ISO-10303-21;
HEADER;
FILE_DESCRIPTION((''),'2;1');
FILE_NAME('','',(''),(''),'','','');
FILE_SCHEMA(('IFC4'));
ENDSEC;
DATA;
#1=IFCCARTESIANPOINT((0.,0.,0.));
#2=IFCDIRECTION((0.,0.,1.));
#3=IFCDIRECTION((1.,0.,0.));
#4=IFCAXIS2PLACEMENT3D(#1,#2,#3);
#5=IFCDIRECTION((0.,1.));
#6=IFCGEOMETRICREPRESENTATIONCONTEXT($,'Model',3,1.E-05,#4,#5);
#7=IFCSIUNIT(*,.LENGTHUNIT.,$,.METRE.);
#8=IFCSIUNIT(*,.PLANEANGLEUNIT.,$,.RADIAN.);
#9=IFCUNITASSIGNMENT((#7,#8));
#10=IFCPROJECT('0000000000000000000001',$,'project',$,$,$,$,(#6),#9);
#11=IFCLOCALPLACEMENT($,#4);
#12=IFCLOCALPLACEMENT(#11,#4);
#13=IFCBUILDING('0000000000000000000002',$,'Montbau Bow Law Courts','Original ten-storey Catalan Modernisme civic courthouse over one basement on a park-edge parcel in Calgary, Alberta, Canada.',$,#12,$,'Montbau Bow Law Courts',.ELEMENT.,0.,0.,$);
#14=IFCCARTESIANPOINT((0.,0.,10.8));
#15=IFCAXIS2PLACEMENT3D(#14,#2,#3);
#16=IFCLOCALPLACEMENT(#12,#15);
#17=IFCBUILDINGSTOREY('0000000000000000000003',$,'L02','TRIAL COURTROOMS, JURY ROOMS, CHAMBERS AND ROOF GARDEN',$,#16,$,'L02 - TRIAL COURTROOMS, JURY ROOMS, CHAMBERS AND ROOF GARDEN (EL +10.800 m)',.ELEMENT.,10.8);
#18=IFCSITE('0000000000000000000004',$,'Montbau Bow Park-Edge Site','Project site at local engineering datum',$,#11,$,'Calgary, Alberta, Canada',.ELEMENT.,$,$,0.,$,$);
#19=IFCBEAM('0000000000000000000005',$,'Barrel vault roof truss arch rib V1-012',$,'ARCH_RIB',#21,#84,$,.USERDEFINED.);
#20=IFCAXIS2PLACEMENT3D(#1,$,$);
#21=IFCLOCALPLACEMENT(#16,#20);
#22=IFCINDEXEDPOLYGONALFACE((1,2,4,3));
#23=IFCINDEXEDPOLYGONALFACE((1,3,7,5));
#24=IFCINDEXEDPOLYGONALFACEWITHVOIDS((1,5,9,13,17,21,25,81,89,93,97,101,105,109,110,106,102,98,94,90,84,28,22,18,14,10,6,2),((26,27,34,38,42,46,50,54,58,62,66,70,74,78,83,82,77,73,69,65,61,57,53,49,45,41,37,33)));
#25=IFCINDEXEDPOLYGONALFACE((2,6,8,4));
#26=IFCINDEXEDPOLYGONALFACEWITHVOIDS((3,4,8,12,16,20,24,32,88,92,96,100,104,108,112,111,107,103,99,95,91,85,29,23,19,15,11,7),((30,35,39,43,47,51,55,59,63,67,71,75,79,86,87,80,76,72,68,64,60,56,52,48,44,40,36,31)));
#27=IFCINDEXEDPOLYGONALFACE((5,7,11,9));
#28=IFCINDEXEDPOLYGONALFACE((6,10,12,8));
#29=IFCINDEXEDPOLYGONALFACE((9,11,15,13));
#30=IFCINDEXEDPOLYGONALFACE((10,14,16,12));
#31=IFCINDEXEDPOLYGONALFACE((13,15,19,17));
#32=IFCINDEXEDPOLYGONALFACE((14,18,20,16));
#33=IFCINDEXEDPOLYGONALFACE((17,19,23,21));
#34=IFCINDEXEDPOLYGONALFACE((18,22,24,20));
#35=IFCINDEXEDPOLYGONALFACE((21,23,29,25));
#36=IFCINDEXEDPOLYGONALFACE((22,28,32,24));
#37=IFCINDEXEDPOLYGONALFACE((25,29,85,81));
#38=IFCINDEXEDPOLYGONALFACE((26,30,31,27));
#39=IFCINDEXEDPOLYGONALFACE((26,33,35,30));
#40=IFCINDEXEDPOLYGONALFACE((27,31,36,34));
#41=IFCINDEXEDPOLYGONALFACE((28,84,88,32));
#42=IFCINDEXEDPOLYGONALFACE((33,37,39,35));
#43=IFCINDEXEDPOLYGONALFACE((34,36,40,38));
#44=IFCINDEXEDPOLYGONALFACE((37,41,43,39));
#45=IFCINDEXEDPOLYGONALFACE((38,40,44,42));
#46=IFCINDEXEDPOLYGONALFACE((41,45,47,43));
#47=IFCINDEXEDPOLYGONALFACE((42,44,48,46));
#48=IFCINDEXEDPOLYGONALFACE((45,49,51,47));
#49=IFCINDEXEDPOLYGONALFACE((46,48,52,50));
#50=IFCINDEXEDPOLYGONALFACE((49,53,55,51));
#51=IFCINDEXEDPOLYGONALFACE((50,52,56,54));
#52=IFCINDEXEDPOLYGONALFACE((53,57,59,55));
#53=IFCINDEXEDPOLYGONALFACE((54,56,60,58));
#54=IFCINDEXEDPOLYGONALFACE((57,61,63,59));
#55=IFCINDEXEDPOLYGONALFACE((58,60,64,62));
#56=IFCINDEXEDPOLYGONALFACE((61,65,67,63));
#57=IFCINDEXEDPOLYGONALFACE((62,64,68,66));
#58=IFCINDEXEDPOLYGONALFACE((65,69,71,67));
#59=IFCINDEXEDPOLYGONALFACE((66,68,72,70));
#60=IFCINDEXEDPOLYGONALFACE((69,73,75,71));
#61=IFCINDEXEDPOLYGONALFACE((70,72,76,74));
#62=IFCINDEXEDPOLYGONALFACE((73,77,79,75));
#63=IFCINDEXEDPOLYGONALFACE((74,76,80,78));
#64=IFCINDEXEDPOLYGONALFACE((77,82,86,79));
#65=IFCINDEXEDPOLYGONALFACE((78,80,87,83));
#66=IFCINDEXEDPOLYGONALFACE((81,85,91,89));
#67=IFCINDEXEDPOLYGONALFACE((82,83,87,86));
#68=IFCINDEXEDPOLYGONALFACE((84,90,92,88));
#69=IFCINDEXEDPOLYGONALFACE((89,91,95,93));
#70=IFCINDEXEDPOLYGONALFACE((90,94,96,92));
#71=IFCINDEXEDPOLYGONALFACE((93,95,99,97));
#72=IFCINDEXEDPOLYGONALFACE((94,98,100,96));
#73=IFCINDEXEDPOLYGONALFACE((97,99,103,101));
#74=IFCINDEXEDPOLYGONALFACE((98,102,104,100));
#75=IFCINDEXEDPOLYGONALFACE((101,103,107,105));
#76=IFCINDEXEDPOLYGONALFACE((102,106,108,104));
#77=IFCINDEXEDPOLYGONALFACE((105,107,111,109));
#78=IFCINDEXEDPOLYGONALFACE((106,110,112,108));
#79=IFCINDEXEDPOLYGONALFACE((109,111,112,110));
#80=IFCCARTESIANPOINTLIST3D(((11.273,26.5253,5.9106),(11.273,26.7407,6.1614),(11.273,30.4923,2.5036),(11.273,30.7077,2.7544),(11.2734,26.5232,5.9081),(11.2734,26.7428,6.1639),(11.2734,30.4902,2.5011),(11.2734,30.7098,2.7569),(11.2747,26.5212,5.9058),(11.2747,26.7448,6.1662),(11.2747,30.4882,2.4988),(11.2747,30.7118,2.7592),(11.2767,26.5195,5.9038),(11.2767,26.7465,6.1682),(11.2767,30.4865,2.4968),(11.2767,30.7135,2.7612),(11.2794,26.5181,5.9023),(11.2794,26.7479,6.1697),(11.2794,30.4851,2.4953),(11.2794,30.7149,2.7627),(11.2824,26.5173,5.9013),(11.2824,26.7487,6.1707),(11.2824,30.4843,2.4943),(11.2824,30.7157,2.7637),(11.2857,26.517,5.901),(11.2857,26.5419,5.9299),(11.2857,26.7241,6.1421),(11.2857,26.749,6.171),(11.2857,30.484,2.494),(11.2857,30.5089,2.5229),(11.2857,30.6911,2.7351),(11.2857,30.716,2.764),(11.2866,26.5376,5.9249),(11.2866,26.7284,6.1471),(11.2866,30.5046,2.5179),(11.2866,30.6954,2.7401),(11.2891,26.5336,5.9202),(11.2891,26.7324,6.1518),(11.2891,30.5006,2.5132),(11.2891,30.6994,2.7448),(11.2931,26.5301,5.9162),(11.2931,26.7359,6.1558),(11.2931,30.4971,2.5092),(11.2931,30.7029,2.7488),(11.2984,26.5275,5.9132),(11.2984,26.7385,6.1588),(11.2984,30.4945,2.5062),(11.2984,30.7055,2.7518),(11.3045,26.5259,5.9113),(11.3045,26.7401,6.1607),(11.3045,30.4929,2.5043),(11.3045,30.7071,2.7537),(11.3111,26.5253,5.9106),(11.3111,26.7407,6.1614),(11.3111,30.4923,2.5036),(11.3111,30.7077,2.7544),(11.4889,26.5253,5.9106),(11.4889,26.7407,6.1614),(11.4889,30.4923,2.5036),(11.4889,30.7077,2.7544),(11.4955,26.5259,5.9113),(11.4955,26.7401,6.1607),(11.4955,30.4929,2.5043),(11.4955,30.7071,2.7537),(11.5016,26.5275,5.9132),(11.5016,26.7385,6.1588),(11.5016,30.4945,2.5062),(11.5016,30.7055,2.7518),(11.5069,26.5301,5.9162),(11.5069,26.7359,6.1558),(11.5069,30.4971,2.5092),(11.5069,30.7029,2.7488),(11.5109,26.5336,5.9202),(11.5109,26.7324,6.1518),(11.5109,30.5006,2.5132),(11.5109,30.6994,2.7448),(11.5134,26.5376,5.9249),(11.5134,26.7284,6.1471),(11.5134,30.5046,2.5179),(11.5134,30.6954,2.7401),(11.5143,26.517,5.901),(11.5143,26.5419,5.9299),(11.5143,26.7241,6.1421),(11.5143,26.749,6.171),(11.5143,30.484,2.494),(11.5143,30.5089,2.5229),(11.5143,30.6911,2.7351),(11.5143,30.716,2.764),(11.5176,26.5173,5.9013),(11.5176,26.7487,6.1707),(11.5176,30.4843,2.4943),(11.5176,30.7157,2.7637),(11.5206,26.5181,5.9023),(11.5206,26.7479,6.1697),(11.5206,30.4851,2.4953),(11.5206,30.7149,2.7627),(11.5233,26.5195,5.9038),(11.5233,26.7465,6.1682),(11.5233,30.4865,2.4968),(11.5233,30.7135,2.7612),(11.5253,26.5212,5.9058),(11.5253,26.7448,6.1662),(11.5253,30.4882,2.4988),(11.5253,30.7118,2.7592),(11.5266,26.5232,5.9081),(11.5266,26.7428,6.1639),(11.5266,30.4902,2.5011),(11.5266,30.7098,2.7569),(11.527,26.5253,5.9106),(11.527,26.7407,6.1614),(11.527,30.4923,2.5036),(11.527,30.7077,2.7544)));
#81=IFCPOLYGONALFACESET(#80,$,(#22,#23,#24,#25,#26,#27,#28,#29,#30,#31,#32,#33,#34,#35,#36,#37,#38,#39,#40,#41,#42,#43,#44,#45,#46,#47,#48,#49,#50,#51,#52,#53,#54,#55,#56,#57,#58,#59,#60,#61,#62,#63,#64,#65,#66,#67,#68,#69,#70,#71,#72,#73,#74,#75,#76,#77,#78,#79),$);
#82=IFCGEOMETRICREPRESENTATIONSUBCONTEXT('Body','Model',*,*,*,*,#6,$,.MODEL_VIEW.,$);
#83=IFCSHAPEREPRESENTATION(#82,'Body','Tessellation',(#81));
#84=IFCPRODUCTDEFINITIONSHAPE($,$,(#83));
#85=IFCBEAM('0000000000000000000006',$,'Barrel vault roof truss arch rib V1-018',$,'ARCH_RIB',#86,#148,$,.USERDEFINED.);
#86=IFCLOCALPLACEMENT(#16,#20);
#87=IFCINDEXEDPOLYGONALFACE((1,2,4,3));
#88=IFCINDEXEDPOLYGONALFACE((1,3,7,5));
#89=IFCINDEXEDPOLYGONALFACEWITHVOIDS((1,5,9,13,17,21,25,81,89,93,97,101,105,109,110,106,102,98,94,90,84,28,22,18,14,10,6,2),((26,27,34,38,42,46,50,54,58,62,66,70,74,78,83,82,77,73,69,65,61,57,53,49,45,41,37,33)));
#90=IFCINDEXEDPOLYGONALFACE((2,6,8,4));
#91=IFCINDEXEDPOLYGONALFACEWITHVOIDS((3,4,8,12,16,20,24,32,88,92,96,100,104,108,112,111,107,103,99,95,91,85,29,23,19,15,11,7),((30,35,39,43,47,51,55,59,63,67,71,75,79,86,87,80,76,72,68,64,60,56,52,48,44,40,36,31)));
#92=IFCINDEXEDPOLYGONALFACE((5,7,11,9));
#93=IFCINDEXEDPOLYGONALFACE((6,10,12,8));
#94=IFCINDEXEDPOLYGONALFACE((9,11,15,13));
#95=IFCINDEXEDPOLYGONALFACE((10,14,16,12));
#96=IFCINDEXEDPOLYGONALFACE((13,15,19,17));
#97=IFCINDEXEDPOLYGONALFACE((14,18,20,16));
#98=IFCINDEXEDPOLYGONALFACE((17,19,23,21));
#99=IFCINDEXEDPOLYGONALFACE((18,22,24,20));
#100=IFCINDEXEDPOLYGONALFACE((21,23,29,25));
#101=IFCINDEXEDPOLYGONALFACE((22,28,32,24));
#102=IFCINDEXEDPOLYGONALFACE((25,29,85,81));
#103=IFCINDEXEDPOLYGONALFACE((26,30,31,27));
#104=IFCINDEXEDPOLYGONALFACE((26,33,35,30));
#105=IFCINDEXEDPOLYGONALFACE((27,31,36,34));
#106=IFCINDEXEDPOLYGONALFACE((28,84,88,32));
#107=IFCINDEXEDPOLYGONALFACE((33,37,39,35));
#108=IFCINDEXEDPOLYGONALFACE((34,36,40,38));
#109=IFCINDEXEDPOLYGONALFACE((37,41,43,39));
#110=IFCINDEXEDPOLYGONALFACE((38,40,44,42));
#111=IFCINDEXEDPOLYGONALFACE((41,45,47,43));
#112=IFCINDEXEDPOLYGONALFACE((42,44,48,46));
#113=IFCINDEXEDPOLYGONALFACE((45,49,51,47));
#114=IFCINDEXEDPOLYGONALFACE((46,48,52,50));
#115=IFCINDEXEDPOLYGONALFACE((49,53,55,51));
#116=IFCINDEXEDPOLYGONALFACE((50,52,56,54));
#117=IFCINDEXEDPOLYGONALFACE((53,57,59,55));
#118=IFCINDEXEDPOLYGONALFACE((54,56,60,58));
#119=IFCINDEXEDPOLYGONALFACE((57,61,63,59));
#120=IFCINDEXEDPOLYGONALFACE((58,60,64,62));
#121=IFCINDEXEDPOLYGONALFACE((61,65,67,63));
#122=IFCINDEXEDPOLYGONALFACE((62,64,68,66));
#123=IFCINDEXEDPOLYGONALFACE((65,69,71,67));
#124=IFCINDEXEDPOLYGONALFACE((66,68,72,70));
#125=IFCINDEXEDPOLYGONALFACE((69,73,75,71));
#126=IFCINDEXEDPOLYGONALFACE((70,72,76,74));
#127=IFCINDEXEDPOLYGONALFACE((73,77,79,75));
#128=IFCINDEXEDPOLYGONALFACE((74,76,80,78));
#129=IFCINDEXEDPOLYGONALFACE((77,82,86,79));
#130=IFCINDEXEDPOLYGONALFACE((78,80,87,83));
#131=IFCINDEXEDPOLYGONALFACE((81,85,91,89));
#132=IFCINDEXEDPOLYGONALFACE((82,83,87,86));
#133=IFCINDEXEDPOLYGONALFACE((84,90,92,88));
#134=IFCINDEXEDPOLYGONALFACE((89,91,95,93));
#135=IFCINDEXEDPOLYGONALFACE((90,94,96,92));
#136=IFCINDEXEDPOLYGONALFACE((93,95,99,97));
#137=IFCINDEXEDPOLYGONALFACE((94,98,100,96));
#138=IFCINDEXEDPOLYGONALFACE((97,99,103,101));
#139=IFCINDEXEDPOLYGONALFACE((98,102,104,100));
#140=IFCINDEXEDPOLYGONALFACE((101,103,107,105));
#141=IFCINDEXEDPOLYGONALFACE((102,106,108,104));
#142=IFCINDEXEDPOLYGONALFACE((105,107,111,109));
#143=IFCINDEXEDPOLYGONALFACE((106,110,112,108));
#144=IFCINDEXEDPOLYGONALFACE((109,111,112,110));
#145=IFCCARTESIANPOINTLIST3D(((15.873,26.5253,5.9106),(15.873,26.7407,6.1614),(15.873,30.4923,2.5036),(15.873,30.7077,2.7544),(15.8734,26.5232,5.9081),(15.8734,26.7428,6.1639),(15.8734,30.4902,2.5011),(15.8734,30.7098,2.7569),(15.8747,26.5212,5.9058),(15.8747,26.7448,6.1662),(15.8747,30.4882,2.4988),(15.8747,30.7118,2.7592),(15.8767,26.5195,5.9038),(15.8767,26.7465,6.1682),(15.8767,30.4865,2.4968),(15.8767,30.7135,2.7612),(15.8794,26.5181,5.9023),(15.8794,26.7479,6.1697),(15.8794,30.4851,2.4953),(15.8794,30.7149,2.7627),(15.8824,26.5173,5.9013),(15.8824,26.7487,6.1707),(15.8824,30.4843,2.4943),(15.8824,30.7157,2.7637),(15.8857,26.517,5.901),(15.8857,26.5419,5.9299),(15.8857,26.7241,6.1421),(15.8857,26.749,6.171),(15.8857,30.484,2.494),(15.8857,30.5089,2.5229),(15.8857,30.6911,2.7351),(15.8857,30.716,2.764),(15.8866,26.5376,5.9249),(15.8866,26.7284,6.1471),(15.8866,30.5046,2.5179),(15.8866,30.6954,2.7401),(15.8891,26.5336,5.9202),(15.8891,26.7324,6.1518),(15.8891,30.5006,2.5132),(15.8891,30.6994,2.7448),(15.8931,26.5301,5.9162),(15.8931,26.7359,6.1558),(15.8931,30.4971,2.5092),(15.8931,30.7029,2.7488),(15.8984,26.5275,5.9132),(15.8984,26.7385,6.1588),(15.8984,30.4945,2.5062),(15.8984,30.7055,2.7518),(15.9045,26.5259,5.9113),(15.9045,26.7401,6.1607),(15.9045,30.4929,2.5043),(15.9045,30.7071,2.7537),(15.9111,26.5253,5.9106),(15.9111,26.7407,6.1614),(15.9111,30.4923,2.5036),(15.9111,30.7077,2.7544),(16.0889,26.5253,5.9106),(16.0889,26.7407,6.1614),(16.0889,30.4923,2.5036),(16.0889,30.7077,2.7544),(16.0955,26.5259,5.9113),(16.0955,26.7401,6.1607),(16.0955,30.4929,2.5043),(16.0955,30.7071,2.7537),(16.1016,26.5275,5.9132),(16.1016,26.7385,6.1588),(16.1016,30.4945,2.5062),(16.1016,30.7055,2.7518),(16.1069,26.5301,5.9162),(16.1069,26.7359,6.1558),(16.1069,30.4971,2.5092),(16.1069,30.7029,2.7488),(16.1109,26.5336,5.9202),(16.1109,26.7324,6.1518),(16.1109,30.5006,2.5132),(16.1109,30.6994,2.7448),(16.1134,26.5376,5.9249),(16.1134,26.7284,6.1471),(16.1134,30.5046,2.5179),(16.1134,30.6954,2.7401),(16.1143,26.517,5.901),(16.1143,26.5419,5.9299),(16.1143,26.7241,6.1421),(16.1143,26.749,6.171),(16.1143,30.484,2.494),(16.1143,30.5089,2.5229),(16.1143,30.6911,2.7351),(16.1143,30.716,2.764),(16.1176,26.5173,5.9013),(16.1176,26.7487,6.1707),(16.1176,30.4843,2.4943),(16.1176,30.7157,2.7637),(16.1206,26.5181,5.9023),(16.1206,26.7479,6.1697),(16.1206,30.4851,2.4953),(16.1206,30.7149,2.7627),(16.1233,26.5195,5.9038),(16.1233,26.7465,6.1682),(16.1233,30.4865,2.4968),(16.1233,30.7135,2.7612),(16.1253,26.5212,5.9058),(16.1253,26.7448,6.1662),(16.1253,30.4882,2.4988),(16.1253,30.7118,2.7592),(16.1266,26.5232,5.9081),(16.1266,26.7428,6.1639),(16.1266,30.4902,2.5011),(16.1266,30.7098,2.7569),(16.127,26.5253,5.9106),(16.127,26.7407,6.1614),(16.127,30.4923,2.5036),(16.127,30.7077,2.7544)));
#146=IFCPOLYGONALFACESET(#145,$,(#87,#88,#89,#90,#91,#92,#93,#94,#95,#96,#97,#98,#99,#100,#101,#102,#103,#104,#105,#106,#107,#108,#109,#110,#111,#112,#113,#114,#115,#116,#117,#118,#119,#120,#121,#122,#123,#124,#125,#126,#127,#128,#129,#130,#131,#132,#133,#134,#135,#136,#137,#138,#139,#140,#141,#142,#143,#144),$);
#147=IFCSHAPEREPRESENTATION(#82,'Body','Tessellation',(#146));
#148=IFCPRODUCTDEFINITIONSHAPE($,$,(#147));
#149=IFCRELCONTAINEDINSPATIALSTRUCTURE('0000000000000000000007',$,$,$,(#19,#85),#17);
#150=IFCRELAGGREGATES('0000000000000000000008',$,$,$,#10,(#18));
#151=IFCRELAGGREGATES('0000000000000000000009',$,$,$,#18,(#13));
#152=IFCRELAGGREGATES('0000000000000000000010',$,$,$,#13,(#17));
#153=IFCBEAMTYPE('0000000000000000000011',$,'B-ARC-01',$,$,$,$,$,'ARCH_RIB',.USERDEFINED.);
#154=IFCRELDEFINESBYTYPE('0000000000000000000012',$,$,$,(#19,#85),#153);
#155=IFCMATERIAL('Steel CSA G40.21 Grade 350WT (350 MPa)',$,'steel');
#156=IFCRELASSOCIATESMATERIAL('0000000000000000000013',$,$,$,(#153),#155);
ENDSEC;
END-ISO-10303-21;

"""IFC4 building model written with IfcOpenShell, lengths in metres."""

from ifc_helpers import new_model, si_unit, direction, frame, origin_with_axes, origin_2d_with_axis, place, context, subcontext, project, spatial, hollow_rectangle, extrude, material, material_profile, profile_set, type_object, element, save


model = new_model("IFC4")

# Units and contexts
model_context = context("Model", 3, precision=1e-05, world=origin_with_axes(), true_north=direction((0.0, 1.0)))
body_context = subcontext(model_context, "Body", "Model", "MODEL_VIEW")
ifc_project = project(units=[si_unit("LENGTHUNIT", "METRE"), si_unit("PLANEANGLEUNIT", "RADIAN")], contexts=[model_context])

# Site, building, storey
site_placement = place(None, origin_with_axes())
site = spatial("IfcSite", under=ifc_project, at=site_placement, Name="Montbau Bow Park-Edge Site", Description="Project site at local engineering datum", LongName="Calgary, Alberta, Canada", CompositionType="ELEMENT", RefElevation=0.0)
building_placement = place(site_placement, origin_with_axes())
building = spatial("IfcBuilding", under=site, at=building_placement, Name="Montbau Bow Law Courts", Description="Original ten-storey Catalan Modernisme civic courthouse over one basement on a park-edge parcel in Calgary, Alberta, Canada.", LongName="Montbau Bow Law Courts", CompositionType="ELEMENT", ElevationOfRefHeight=0.0, ElevationOfTerrain=0.0)
storey_placement = place(building_placement, frame((0.0, 0.0, 10.8), z_axis=(0.0, 0.0, 1.0), x_axis=(1.0, 0.0, 0.0)))
storey = spatial("IfcBuildingStorey", under=building, at=storey_placement, Name="L02", Description="TRIAL COURTROOMS, JURY ROOMS, CHAMBERS AND ROOF GARDEN", LongName="L02 - TRIAL COURTROOMS, JURY ROOMS, CHAMBERS AND ROOF GARDEN (EL +10.800 m)", CompositionType="ELEMENT", Elevation=10.8)

# Beams
ifc_material_1 = material(Name="Steel CSA G40.21 Grade 350WT (350 MPa)", Category="steel")
ifc_material_profile_1 = material_profile(ifc_material_1, hollow_rectangle(XDim=0.254, YDim=0.356, WallThickness=0.0127, InnerFilletRadius=0.0254, OuterFilletRadius=0.0127, at=origin_2d_with_axis()), Name="HSS356X254X13", Category="Main", Priority=0)
ifc_profile_set_1 = profile_set([ifc_material_profile_1], Name="Steel CSA G40.21 Grade 350WT (350 MPa)")
beam_type = type_object("IfcBeamType", Name="B-ARC-01", ElementType="ARCH_RIB", PredefinedType="USERDEFINED", material=ifc_profile_set_1)
for number, where, z_axis, x_axis, name in (
    (1, (11.4, 26.633, 16.836), (0.0, 0.758622, -0.651531), (-1.0, 0.0, 0.0), "Barrel vault roof truss arch rib V1-012"),
    (2, (16.0, 26.633, 16.836), (0.0, 0.758622, -0.651531), (-1.0, 0.0, 0.0), "Barrel vault roof truss arch rib V1-018"),
):
    element("IfcBeam", number, at=place(None, frame(where, z_axis=z_axis, x_axis=x_axis)), inside=storey, type_object=beam_type, Name=name, ObjectType="ARCH_RIB", PredefinedType="USERDEFINED", context=body_context, shape_type="SweptSolid", body=[
        extrude(hollow_rectangle(XDim=0.254, YDim=0.356, WallThickness=0.0127, InnerFilletRadius=0.0254, OuterFilletRadius=0.0127, at=origin_2d_with_axis()), origin_with_axes(), (0.0, 0.0, 1.0), 5.2292),
    ])

save(model, "model.ifc")
